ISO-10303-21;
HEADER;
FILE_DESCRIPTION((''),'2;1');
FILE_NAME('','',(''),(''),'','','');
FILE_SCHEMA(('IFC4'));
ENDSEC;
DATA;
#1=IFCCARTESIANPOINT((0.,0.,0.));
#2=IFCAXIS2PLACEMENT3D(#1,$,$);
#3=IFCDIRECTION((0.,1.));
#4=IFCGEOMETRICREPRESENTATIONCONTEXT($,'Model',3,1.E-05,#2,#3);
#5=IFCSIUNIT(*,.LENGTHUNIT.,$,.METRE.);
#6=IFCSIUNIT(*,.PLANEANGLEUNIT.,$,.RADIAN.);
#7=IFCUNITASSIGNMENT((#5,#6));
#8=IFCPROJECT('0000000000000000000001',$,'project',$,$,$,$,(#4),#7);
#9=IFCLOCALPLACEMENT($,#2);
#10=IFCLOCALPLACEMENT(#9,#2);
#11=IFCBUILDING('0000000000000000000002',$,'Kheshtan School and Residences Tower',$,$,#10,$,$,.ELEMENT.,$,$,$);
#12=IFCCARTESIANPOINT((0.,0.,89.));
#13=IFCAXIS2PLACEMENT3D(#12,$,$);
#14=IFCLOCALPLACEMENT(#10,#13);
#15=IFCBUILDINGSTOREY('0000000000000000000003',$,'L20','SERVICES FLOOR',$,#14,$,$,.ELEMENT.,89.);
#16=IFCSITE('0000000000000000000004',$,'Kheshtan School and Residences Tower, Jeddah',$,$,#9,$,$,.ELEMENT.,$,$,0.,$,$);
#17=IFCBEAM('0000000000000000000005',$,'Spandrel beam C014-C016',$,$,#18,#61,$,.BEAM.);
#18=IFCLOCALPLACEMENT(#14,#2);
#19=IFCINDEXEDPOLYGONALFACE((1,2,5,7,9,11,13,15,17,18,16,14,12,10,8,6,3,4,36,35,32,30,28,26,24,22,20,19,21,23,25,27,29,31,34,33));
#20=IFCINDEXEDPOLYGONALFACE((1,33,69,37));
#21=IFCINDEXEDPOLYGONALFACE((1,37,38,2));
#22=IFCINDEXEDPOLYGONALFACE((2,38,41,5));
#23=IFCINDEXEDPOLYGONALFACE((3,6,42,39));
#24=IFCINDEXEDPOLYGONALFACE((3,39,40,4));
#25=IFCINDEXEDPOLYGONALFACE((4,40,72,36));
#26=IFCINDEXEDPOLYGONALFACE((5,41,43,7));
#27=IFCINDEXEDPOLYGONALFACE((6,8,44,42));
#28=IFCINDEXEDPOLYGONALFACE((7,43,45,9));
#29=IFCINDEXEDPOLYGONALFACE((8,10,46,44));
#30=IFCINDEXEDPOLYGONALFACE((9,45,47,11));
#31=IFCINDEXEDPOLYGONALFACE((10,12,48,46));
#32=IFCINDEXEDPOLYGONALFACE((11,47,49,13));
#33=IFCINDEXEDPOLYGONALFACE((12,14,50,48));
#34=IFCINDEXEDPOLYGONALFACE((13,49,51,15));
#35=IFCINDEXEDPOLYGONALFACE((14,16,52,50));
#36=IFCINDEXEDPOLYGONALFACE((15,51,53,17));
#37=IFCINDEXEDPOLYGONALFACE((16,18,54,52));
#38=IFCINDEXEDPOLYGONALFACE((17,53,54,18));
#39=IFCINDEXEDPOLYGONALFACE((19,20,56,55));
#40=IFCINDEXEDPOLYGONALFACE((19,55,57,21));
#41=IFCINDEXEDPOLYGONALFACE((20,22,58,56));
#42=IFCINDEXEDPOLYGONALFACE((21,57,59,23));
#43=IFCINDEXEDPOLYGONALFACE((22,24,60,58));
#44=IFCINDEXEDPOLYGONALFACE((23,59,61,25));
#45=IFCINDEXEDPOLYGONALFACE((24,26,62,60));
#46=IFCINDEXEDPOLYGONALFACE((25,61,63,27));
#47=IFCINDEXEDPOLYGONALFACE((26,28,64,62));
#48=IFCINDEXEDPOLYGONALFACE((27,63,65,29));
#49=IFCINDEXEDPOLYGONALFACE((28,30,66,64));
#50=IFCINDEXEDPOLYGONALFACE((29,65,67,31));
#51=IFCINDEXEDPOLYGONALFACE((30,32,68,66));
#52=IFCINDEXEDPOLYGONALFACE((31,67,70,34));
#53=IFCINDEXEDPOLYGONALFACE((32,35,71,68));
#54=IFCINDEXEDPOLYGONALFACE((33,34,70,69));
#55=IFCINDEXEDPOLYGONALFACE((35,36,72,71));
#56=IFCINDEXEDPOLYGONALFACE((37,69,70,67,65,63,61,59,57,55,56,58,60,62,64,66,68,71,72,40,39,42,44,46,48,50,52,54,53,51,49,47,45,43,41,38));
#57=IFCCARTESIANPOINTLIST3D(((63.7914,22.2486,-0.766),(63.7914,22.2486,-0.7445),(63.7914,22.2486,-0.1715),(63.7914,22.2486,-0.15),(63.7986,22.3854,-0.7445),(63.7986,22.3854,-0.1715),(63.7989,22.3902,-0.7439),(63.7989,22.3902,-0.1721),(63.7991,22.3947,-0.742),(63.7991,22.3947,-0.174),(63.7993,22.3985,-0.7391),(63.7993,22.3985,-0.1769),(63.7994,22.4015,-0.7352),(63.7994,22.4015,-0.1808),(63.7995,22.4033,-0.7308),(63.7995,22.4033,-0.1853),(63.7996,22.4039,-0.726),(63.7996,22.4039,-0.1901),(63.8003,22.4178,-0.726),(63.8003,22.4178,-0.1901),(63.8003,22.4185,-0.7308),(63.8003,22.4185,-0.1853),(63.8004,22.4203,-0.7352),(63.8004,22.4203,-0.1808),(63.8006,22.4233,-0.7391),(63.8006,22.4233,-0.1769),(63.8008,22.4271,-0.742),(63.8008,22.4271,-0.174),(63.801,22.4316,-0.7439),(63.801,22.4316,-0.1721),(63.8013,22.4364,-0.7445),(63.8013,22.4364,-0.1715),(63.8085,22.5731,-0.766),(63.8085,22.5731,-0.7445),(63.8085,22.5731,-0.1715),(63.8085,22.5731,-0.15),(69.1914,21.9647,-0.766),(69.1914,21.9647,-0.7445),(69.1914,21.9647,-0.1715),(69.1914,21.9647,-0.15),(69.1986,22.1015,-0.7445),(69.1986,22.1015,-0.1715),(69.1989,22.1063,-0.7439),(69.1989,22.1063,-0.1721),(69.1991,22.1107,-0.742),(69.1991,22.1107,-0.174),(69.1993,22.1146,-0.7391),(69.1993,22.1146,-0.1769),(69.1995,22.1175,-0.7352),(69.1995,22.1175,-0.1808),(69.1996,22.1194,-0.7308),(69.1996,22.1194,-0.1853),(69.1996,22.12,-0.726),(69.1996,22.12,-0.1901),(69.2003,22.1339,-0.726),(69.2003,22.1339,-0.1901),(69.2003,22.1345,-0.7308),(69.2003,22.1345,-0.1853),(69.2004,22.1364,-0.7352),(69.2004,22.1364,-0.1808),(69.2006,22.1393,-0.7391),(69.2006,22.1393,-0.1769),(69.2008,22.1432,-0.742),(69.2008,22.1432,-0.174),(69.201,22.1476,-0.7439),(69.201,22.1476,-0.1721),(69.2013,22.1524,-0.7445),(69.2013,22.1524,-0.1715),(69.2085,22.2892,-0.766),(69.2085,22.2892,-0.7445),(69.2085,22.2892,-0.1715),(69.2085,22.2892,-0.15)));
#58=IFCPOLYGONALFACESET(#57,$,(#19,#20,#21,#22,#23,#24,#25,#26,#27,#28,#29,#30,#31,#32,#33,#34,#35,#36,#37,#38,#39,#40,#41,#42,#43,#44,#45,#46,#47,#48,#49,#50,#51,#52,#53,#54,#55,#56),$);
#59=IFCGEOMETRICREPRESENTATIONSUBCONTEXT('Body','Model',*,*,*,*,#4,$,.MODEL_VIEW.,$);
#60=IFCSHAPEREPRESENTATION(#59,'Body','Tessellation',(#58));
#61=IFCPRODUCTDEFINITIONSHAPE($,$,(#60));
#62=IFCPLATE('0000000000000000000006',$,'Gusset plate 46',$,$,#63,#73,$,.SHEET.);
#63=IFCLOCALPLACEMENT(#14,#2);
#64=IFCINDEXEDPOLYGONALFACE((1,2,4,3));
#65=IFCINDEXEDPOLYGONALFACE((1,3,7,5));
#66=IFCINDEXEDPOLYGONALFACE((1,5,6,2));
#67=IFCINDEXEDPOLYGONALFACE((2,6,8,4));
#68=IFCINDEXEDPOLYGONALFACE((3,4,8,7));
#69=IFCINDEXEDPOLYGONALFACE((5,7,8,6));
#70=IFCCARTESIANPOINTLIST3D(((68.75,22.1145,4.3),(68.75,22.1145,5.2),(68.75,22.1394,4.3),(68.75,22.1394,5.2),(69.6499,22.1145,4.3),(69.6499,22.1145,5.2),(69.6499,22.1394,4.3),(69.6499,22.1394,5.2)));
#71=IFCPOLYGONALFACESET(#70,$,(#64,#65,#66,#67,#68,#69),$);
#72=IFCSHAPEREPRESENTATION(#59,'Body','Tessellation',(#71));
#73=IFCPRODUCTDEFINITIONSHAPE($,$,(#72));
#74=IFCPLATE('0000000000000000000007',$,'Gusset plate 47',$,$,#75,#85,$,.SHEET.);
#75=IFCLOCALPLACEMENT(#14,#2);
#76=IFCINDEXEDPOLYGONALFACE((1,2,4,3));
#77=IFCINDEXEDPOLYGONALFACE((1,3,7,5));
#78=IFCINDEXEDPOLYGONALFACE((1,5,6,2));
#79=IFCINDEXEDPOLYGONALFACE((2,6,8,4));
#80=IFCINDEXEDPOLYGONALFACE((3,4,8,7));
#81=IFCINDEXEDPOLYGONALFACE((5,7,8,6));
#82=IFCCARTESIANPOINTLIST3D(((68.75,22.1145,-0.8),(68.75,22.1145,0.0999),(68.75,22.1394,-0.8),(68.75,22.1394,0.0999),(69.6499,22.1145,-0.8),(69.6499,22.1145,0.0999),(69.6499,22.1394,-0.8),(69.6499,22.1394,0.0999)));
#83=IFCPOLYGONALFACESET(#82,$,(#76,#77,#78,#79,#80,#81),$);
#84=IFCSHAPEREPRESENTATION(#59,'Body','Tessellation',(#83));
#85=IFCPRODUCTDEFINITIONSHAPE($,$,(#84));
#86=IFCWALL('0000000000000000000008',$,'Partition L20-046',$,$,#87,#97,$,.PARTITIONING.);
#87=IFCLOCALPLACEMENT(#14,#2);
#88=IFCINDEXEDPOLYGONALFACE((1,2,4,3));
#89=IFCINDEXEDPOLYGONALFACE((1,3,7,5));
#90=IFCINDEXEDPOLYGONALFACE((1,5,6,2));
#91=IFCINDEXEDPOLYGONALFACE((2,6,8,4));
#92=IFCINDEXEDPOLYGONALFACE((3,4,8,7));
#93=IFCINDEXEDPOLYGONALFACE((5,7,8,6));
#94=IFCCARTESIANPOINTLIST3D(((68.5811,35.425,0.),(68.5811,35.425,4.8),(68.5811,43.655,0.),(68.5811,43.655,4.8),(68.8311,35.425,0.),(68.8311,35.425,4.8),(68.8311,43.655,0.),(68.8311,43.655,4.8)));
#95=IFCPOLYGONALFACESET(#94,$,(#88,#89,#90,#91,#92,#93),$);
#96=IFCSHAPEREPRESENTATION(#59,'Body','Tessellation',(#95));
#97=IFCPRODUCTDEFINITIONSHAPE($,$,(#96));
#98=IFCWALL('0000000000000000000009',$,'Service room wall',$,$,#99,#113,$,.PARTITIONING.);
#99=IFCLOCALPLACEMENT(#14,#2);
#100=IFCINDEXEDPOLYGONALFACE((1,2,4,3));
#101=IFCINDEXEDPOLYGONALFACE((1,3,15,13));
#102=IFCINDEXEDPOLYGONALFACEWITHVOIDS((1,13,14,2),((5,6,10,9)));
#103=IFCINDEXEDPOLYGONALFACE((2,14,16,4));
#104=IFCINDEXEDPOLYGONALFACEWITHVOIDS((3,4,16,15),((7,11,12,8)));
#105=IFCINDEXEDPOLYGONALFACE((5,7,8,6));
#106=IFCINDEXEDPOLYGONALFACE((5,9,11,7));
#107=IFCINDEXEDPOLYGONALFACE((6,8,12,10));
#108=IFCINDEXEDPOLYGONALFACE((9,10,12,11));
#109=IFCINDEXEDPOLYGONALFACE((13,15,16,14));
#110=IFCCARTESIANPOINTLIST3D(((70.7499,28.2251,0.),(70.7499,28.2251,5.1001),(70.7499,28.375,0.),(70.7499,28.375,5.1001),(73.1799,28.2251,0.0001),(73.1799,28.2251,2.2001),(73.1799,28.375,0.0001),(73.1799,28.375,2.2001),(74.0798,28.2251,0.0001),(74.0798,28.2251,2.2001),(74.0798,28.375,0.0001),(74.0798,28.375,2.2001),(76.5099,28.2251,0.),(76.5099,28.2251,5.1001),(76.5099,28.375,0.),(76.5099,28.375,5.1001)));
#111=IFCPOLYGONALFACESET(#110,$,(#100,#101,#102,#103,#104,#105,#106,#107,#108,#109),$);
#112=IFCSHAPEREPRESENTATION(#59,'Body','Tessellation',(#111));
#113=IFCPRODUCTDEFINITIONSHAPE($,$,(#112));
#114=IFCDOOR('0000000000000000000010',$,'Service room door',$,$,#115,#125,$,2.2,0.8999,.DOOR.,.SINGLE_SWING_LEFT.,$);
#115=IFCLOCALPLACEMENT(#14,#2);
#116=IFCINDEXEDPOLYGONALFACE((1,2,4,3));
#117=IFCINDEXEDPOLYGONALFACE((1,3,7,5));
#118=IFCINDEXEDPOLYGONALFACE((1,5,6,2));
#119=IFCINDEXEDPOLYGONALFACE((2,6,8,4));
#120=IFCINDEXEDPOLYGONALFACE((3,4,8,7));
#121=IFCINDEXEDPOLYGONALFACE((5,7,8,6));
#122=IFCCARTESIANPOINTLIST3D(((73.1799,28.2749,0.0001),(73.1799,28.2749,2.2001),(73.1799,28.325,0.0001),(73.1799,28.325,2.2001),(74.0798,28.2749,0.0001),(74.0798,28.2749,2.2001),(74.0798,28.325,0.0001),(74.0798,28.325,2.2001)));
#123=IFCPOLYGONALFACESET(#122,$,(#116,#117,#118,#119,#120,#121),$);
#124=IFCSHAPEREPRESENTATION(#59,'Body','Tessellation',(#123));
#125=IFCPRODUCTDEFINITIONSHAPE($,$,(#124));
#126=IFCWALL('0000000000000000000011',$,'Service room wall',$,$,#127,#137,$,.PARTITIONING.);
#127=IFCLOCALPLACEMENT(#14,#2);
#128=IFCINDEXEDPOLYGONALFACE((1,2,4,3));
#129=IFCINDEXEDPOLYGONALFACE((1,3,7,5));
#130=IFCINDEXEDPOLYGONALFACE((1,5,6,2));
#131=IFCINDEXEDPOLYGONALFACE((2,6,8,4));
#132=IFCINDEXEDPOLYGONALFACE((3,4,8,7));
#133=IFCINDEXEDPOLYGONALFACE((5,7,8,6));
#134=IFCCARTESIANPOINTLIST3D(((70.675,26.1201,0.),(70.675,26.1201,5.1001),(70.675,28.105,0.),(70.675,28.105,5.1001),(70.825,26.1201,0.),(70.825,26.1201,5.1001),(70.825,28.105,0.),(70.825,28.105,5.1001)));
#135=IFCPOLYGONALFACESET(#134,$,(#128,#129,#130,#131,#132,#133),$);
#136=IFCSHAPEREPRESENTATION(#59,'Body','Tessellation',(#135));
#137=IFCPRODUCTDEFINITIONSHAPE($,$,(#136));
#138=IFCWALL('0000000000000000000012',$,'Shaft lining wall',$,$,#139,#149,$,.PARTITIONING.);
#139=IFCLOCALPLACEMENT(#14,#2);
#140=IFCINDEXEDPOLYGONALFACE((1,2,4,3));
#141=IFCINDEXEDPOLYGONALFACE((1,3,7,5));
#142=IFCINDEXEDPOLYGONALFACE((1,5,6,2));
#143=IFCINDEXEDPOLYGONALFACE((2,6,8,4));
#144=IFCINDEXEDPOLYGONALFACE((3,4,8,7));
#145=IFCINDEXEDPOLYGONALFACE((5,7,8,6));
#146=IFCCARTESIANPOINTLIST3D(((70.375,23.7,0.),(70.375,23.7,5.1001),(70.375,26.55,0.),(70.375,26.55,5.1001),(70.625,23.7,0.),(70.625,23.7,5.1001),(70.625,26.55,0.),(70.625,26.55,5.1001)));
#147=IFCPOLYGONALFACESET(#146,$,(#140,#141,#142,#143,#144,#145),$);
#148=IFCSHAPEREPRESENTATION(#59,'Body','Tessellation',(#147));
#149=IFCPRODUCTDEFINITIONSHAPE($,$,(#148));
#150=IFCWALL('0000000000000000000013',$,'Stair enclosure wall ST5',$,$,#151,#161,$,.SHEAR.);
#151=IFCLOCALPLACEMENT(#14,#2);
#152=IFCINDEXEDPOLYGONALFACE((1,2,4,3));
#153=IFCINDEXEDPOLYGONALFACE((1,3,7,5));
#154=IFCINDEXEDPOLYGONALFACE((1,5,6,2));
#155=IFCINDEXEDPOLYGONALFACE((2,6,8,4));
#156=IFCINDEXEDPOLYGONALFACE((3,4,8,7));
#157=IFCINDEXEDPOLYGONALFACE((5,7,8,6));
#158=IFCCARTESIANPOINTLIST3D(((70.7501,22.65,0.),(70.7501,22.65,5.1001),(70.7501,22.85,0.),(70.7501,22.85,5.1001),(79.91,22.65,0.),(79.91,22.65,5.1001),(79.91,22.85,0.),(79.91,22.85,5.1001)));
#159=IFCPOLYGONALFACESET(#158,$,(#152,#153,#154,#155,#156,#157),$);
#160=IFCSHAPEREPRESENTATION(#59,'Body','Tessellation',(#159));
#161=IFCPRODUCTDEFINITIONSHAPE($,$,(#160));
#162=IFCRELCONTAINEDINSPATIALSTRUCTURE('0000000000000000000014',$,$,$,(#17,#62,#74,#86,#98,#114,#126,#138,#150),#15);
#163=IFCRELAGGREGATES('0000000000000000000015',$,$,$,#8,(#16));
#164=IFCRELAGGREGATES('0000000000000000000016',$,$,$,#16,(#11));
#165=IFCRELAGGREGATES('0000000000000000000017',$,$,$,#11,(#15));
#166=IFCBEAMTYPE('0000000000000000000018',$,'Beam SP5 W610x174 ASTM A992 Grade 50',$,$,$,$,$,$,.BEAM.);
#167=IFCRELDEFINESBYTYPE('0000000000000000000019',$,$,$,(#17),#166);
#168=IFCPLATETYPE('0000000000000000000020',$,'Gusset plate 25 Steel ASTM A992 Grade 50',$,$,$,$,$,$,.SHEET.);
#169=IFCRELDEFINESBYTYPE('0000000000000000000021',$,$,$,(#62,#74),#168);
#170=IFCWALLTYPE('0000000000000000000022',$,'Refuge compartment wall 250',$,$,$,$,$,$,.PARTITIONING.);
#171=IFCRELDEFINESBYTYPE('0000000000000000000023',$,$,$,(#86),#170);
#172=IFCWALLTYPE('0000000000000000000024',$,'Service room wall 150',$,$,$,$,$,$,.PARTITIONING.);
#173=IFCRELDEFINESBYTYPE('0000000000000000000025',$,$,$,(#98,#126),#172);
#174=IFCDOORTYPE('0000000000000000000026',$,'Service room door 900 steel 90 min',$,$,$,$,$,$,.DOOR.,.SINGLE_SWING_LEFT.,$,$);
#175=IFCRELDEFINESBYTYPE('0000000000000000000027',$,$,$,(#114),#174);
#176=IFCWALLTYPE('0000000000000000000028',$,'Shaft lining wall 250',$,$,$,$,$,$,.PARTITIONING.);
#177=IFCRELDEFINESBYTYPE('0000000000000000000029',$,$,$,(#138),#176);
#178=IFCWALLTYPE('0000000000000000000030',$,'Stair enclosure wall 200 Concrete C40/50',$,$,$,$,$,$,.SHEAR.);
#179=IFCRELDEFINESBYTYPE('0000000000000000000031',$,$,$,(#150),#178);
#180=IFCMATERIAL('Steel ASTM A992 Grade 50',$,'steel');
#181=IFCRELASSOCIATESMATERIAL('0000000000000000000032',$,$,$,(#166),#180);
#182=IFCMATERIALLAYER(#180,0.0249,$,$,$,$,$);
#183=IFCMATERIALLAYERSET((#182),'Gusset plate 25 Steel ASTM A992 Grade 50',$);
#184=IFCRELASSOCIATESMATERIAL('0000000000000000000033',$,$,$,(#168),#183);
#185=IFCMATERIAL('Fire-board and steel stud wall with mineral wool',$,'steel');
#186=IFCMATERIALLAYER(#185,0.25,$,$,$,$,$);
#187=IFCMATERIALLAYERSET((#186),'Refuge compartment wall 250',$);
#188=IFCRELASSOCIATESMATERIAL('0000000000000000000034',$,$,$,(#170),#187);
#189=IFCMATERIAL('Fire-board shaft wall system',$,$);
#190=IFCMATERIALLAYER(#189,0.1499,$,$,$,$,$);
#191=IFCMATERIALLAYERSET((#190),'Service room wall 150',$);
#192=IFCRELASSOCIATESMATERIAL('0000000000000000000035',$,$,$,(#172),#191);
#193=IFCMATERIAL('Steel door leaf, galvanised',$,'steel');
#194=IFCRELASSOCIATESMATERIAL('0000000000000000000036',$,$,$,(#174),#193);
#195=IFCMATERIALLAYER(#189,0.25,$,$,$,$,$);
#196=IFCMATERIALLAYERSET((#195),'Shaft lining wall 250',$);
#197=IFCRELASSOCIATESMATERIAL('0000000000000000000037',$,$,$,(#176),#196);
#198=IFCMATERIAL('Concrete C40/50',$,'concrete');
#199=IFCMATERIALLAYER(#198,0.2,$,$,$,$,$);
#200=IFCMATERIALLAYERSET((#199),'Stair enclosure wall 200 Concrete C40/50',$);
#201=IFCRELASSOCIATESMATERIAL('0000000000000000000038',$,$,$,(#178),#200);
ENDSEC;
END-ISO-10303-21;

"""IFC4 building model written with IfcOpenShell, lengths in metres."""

from ifc_helpers import new_model, si_unit, direction, frame, frame_2d, origin, origin_2d, place, context, subcontext, project, spatial, rectangle, i_section, extrude, source, transform, mapped, material, layer, layer_set, material_profile, profile_set, type_object, element, fill, save


model = new_model("IFC4")

# Units and contexts
model_context = context("Model", 3, precision=1e-05, world=origin(), true_north=direction((0.0, 1.0)))
body_context = subcontext(model_context, "Body", "Model", "MODEL_VIEW")
ifc_project = project(units=[si_unit("LENGTHUNIT", "METRE"), si_unit("PLANEANGLEUNIT", "RADIAN")], contexts=[model_context])

# Site, building, storey
site_placement = place(None, origin())
site = spatial("IfcSite", under=ifc_project, at=site_placement, Name="Kheshtan School and Residences Tower, Jeddah", CompositionType="ELEMENT", RefElevation=0.0)
building_placement = place(site_placement, origin())
building = spatial("IfcBuilding", under=site, at=building_placement, Name="Kheshtan School and Residences Tower", CompositionType="ELEMENT")
storey_placement = place(building_placement, frame((0.0, 0.0, 89.0)))
storey = spatial("IfcBuildingStorey", under=building, at=storey_placement, Name="L20", Description="SERVICES FLOOR", CompositionType="ELEMENT", Elevation=89.0)

# Shared definitions
ifc_material_1 = material(Name="Steel ASTM A992 Grade 50", Category="steel")

# Beam
ifc_material_profile_1 = material_profile(ifc_material_1, i_section(OverallWidth=0.325, OverallDepth=0.616, WebThickness=0.0139, FlangeThickness=0.0215, FilletRadius=0.0186, at=origin_2d()), Name="W610x174")
ifc_profile_set_1 = profile_set([ifc_material_profile_1], Name="Steel ASTM A992 Grade 50")
beam_type_1 = type_object("IfcBeamType", Name="Beam SP5 W610x174 ASTM A992 Grade 50", PredefinedType="BEAM", material=ifc_profile_set_1)
beam_1_placement = place(storey_placement, frame((69.2, 22.127, -0.458), z_axis=(-0.99862, 0.052509, 0.0), x_axis=(-0.052509, -0.99862, 0.0)))
element("IfcBeam", 1, at=beam_1_placement, inside=storey, type_object=beam_type_1, Name="Spandrel beam C014-C016", PredefinedType="BEAM", context=body_context, shape_type="SweptSolid", body=[
    extrude(i_section(OverallWidth=0.325, OverallDepth=0.616, WebThickness=0.0139, FlangeThickness=0.0215, FilletRadius=0.0186, at=origin_2d()), origin(), (0.0, 0.0, 1.0), 5.4075),
])

# Plates
ifc_layer_1 = layer(ifc_material_1, 0.0249)
ifc_layer_set_1 = layer_set([ifc_layer_1], Name="Gusset plate 25 Steel ASTM A992 Grade 50")
plate_type = type_object("IfcPlateType", Name="Gusset plate 25 Steel ASTM A992 Grade 50", PredefinedType="SHEET", material=ifc_layer_set_1)
for number, where, z_axis, x_axis, name in (
    (2, (69.2, 22.127, 4.3), (0.0, 0.0, 1.0), (1.0, 0.0, 0.0), "Gusset plate 46"),
    (3, (69.2, 22.127, -0.8), (0.0, 0.0, 1.0), (1.0, 0.0, 0.0), "Gusset plate 47"),
):
    element("IfcPlate", number, at=place(storey_placement, frame(where, z_axis=z_axis, x_axis=x_axis)), inside=storey, type_object=plate_type, Name=name, PredefinedType="SHEET", context=body_context, shape_type="SweptSolid", body=[
        extrude(rectangle(XDim=0.8999, YDim=0.0249, at=origin_2d()), origin(), (0.0, 0.0, 1.0), 0.8999),
    ])

# Wall
ifc_material_2 = material(Name="Fire-board and steel stud wall with mineral wool", Category="steel")
ifc_layer_2 = layer(ifc_material_2, 0.25)
ifc_layer_set_2 = layer_set([ifc_layer_2], Name="Refuge compartment wall 250")
wall_type_1 = type_object("IfcWallType", Name="Refuge compartment wall 250", PredefinedType="PARTITIONING", material=ifc_layer_set_2)
wall_1_placement = place(storey_placement, frame((68.7061, 35.425, 0.0), z_axis=(0.0, 0.0, 1.0), x_axis=(0.0, 1.0, 0.0)))
element("IfcWall", 4, at=wall_1_placement, inside=storey, type_object=wall_type_1, Name="Partition L20-046", PredefinedType="PARTITIONING", context=body_context, shape_type="SweptSolid", body=[
    extrude(rectangle(XDim=8.23, YDim=0.25, at=frame_2d((4.115, 0.0))), origin(), (0.0, 0.0, 1.0), 4.8),
])

# Wall, opening, door
ifc_material_3 = material(Name="Fire-board shaft wall system")
ifc_layer_3 = layer(ifc_material_3, 0.1499)
ifc_layer_set_3 = layer_set([ifc_layer_3], Name="Service room wall 150")
wall_type_2 = type_object("IfcWallType", Name="Service room wall 150", PredefinedType="PARTITIONING", material=ifc_layer_set_3)
wall_2_placement = place(storey_placement, frame((70.75, 28.3, 0.0), z_axis=(0.0, 0.0, 1.0), x_axis=(1.0, 0.0, 0.0)))
wall_2 = element("IfcWall", 5, at=wall_2_placement, inside=storey, type_object=wall_type_2, Name="Service room wall", PredefinedType="PARTITIONING", context=body_context, shape_type="SweptSolid", body=[
    extrude(rectangle(XDim=5.76, YDim=0.1499, at=frame_2d((2.8799, 0.0))), origin(), (0.0, 0.0, 1.0), 5.1001),
])
opening_1_placement = place(wall_2_placement, frame((2.4299, 0.0, 0.0)))
opening_1 = element("IfcOpeningElement", 6, at=opening_1_placement, cuts=wall_2, PredefinedType="OPENING", context=body_context, shape_type="SweptSolid", body=[
    extrude(rectangle(XDim=0.8999, YDim=2.2, at=frame_2d((0.45, 1.1001))), frame((0.0, 0.085, 0.0), z_axis=(0.0, -1.0, 0.0), x_axis=(1.0, 0.0, 0.0)), (0.0, 0.0, 1.0), 0.1699),
])
ifc_material_4 = material(Name="Steel door leaf, galvanised", Category="steel")
door_type_1 = type_object("IfcDoorType", Name="Service room door 900 steel 90 min", OperationType="SINGLE_SWING_LEFT", PredefinedType="DOOR", material=ifc_material_4)
shared_shape_1 = source(origin(), body_context, "Body", "SweptSolid", [
    extrude(rectangle(XDim=0.8999, YDim=2.2, at=frame_2d((0.45, 1.1001))), frame((0.0, 0.0249, 0.0), z_axis=(0.0, -1.0, 0.0), x_axis=(1.0, 0.0, 0.0)), (0.0, 0.0, 1.0), 0.05),
])
door_1_placement = place(opening_1_placement, origin())
door_1 = element("IfcDoor", 7, at=door_1_placement, inside=storey, type_object=door_type_1, Name="Service room door", OperationType="SINGLE_SWING_LEFT", OverallHeight=2.2, OverallWidth=0.8999, PredefinedType="DOOR", context=body_context, shape_type="MappedRepresentation", body=[
    mapped(shared_shape_1, transform((0.0, 0.0, 0.0), x_axis=(1.0, 0.0, 0.0), y_axis=(0.0, 1.0, 0.0), z_axis=(0.0, 0.0, 1.0), scale=1.0)),
])
fill(opening_1, door_1)

# Walls
wall_3_placement = place(storey_placement, frame((70.75, 26.1201, 0.0), z_axis=(0.0, 0.0, 1.0), x_axis=(0.0, 1.0, 0.0)))
element("IfcWall", 8, at=wall_3_placement, inside=storey, type_object=wall_type_2, Name="Service room wall", PredefinedType="PARTITIONING", context=body_context, shape_type="SweptSolid", body=[
    extrude(rectangle(XDim=1.9849, YDim=0.1499, at=frame_2d((0.9924, 0.0))), origin(), (0.0, 0.0, 1.0), 5.1001),
])
ifc_layer_4 = layer(ifc_material_3, 0.25)
ifc_layer_set_4 = layer_set([ifc_layer_4], Name="Shaft lining wall 250")
wall_type_3 = type_object("IfcWallType", Name="Shaft lining wall 250", PredefinedType="PARTITIONING", material=ifc_layer_set_4)
wall_4_placement = place(storey_placement, frame((70.5, 23.7, 0.0), z_axis=(0.0, 0.0, 1.0), x_axis=(0.0, 1.0, 0.0)))
element("IfcWall", 9, at=wall_4_placement, inside=storey, type_object=wall_type_3, Name="Shaft lining wall", PredefinedType="PARTITIONING", context=body_context, shape_type="SweptSolid", body=[
    extrude(rectangle(XDim=2.8501, YDim=0.25, at=frame_2d((1.425, 0.0))), origin(), (0.0, 0.0, 1.0), 5.1001),
])
ifc_material_5 = material(Name="Concrete C40/50", Category="concrete")
ifc_layer_5 = layer(ifc_material_5, 0.2)
ifc_layer_set_5 = layer_set([ifc_layer_5], Name="Stair enclosure wall 200 Concrete C40/50")
wall_type_4 = type_object("IfcWallType", Name="Stair enclosure wall 200 Concrete C40/50", PredefinedType="SHEAR", material=ifc_layer_set_5)
wall_5_placement = place(storey_placement, frame((70.75, 22.75, 0.0), z_axis=(0.0, 0.0, 1.0), x_axis=(1.0, 0.0, 0.0)))
element("IfcWall", 10, at=wall_5_placement, inside=storey, type_object=wall_type_4, Name="Stair enclosure wall ST5", PredefinedType="SHEAR", context=body_context, shape_type="SweptSolid", body=[
    extrude(rectangle(XDim=9.1599, YDim=0.2, at=frame_2d((4.5801, 0.0))), origin(), (0.0, 0.0, 1.0), 5.1001),
])

save(model, "model.ifc")
